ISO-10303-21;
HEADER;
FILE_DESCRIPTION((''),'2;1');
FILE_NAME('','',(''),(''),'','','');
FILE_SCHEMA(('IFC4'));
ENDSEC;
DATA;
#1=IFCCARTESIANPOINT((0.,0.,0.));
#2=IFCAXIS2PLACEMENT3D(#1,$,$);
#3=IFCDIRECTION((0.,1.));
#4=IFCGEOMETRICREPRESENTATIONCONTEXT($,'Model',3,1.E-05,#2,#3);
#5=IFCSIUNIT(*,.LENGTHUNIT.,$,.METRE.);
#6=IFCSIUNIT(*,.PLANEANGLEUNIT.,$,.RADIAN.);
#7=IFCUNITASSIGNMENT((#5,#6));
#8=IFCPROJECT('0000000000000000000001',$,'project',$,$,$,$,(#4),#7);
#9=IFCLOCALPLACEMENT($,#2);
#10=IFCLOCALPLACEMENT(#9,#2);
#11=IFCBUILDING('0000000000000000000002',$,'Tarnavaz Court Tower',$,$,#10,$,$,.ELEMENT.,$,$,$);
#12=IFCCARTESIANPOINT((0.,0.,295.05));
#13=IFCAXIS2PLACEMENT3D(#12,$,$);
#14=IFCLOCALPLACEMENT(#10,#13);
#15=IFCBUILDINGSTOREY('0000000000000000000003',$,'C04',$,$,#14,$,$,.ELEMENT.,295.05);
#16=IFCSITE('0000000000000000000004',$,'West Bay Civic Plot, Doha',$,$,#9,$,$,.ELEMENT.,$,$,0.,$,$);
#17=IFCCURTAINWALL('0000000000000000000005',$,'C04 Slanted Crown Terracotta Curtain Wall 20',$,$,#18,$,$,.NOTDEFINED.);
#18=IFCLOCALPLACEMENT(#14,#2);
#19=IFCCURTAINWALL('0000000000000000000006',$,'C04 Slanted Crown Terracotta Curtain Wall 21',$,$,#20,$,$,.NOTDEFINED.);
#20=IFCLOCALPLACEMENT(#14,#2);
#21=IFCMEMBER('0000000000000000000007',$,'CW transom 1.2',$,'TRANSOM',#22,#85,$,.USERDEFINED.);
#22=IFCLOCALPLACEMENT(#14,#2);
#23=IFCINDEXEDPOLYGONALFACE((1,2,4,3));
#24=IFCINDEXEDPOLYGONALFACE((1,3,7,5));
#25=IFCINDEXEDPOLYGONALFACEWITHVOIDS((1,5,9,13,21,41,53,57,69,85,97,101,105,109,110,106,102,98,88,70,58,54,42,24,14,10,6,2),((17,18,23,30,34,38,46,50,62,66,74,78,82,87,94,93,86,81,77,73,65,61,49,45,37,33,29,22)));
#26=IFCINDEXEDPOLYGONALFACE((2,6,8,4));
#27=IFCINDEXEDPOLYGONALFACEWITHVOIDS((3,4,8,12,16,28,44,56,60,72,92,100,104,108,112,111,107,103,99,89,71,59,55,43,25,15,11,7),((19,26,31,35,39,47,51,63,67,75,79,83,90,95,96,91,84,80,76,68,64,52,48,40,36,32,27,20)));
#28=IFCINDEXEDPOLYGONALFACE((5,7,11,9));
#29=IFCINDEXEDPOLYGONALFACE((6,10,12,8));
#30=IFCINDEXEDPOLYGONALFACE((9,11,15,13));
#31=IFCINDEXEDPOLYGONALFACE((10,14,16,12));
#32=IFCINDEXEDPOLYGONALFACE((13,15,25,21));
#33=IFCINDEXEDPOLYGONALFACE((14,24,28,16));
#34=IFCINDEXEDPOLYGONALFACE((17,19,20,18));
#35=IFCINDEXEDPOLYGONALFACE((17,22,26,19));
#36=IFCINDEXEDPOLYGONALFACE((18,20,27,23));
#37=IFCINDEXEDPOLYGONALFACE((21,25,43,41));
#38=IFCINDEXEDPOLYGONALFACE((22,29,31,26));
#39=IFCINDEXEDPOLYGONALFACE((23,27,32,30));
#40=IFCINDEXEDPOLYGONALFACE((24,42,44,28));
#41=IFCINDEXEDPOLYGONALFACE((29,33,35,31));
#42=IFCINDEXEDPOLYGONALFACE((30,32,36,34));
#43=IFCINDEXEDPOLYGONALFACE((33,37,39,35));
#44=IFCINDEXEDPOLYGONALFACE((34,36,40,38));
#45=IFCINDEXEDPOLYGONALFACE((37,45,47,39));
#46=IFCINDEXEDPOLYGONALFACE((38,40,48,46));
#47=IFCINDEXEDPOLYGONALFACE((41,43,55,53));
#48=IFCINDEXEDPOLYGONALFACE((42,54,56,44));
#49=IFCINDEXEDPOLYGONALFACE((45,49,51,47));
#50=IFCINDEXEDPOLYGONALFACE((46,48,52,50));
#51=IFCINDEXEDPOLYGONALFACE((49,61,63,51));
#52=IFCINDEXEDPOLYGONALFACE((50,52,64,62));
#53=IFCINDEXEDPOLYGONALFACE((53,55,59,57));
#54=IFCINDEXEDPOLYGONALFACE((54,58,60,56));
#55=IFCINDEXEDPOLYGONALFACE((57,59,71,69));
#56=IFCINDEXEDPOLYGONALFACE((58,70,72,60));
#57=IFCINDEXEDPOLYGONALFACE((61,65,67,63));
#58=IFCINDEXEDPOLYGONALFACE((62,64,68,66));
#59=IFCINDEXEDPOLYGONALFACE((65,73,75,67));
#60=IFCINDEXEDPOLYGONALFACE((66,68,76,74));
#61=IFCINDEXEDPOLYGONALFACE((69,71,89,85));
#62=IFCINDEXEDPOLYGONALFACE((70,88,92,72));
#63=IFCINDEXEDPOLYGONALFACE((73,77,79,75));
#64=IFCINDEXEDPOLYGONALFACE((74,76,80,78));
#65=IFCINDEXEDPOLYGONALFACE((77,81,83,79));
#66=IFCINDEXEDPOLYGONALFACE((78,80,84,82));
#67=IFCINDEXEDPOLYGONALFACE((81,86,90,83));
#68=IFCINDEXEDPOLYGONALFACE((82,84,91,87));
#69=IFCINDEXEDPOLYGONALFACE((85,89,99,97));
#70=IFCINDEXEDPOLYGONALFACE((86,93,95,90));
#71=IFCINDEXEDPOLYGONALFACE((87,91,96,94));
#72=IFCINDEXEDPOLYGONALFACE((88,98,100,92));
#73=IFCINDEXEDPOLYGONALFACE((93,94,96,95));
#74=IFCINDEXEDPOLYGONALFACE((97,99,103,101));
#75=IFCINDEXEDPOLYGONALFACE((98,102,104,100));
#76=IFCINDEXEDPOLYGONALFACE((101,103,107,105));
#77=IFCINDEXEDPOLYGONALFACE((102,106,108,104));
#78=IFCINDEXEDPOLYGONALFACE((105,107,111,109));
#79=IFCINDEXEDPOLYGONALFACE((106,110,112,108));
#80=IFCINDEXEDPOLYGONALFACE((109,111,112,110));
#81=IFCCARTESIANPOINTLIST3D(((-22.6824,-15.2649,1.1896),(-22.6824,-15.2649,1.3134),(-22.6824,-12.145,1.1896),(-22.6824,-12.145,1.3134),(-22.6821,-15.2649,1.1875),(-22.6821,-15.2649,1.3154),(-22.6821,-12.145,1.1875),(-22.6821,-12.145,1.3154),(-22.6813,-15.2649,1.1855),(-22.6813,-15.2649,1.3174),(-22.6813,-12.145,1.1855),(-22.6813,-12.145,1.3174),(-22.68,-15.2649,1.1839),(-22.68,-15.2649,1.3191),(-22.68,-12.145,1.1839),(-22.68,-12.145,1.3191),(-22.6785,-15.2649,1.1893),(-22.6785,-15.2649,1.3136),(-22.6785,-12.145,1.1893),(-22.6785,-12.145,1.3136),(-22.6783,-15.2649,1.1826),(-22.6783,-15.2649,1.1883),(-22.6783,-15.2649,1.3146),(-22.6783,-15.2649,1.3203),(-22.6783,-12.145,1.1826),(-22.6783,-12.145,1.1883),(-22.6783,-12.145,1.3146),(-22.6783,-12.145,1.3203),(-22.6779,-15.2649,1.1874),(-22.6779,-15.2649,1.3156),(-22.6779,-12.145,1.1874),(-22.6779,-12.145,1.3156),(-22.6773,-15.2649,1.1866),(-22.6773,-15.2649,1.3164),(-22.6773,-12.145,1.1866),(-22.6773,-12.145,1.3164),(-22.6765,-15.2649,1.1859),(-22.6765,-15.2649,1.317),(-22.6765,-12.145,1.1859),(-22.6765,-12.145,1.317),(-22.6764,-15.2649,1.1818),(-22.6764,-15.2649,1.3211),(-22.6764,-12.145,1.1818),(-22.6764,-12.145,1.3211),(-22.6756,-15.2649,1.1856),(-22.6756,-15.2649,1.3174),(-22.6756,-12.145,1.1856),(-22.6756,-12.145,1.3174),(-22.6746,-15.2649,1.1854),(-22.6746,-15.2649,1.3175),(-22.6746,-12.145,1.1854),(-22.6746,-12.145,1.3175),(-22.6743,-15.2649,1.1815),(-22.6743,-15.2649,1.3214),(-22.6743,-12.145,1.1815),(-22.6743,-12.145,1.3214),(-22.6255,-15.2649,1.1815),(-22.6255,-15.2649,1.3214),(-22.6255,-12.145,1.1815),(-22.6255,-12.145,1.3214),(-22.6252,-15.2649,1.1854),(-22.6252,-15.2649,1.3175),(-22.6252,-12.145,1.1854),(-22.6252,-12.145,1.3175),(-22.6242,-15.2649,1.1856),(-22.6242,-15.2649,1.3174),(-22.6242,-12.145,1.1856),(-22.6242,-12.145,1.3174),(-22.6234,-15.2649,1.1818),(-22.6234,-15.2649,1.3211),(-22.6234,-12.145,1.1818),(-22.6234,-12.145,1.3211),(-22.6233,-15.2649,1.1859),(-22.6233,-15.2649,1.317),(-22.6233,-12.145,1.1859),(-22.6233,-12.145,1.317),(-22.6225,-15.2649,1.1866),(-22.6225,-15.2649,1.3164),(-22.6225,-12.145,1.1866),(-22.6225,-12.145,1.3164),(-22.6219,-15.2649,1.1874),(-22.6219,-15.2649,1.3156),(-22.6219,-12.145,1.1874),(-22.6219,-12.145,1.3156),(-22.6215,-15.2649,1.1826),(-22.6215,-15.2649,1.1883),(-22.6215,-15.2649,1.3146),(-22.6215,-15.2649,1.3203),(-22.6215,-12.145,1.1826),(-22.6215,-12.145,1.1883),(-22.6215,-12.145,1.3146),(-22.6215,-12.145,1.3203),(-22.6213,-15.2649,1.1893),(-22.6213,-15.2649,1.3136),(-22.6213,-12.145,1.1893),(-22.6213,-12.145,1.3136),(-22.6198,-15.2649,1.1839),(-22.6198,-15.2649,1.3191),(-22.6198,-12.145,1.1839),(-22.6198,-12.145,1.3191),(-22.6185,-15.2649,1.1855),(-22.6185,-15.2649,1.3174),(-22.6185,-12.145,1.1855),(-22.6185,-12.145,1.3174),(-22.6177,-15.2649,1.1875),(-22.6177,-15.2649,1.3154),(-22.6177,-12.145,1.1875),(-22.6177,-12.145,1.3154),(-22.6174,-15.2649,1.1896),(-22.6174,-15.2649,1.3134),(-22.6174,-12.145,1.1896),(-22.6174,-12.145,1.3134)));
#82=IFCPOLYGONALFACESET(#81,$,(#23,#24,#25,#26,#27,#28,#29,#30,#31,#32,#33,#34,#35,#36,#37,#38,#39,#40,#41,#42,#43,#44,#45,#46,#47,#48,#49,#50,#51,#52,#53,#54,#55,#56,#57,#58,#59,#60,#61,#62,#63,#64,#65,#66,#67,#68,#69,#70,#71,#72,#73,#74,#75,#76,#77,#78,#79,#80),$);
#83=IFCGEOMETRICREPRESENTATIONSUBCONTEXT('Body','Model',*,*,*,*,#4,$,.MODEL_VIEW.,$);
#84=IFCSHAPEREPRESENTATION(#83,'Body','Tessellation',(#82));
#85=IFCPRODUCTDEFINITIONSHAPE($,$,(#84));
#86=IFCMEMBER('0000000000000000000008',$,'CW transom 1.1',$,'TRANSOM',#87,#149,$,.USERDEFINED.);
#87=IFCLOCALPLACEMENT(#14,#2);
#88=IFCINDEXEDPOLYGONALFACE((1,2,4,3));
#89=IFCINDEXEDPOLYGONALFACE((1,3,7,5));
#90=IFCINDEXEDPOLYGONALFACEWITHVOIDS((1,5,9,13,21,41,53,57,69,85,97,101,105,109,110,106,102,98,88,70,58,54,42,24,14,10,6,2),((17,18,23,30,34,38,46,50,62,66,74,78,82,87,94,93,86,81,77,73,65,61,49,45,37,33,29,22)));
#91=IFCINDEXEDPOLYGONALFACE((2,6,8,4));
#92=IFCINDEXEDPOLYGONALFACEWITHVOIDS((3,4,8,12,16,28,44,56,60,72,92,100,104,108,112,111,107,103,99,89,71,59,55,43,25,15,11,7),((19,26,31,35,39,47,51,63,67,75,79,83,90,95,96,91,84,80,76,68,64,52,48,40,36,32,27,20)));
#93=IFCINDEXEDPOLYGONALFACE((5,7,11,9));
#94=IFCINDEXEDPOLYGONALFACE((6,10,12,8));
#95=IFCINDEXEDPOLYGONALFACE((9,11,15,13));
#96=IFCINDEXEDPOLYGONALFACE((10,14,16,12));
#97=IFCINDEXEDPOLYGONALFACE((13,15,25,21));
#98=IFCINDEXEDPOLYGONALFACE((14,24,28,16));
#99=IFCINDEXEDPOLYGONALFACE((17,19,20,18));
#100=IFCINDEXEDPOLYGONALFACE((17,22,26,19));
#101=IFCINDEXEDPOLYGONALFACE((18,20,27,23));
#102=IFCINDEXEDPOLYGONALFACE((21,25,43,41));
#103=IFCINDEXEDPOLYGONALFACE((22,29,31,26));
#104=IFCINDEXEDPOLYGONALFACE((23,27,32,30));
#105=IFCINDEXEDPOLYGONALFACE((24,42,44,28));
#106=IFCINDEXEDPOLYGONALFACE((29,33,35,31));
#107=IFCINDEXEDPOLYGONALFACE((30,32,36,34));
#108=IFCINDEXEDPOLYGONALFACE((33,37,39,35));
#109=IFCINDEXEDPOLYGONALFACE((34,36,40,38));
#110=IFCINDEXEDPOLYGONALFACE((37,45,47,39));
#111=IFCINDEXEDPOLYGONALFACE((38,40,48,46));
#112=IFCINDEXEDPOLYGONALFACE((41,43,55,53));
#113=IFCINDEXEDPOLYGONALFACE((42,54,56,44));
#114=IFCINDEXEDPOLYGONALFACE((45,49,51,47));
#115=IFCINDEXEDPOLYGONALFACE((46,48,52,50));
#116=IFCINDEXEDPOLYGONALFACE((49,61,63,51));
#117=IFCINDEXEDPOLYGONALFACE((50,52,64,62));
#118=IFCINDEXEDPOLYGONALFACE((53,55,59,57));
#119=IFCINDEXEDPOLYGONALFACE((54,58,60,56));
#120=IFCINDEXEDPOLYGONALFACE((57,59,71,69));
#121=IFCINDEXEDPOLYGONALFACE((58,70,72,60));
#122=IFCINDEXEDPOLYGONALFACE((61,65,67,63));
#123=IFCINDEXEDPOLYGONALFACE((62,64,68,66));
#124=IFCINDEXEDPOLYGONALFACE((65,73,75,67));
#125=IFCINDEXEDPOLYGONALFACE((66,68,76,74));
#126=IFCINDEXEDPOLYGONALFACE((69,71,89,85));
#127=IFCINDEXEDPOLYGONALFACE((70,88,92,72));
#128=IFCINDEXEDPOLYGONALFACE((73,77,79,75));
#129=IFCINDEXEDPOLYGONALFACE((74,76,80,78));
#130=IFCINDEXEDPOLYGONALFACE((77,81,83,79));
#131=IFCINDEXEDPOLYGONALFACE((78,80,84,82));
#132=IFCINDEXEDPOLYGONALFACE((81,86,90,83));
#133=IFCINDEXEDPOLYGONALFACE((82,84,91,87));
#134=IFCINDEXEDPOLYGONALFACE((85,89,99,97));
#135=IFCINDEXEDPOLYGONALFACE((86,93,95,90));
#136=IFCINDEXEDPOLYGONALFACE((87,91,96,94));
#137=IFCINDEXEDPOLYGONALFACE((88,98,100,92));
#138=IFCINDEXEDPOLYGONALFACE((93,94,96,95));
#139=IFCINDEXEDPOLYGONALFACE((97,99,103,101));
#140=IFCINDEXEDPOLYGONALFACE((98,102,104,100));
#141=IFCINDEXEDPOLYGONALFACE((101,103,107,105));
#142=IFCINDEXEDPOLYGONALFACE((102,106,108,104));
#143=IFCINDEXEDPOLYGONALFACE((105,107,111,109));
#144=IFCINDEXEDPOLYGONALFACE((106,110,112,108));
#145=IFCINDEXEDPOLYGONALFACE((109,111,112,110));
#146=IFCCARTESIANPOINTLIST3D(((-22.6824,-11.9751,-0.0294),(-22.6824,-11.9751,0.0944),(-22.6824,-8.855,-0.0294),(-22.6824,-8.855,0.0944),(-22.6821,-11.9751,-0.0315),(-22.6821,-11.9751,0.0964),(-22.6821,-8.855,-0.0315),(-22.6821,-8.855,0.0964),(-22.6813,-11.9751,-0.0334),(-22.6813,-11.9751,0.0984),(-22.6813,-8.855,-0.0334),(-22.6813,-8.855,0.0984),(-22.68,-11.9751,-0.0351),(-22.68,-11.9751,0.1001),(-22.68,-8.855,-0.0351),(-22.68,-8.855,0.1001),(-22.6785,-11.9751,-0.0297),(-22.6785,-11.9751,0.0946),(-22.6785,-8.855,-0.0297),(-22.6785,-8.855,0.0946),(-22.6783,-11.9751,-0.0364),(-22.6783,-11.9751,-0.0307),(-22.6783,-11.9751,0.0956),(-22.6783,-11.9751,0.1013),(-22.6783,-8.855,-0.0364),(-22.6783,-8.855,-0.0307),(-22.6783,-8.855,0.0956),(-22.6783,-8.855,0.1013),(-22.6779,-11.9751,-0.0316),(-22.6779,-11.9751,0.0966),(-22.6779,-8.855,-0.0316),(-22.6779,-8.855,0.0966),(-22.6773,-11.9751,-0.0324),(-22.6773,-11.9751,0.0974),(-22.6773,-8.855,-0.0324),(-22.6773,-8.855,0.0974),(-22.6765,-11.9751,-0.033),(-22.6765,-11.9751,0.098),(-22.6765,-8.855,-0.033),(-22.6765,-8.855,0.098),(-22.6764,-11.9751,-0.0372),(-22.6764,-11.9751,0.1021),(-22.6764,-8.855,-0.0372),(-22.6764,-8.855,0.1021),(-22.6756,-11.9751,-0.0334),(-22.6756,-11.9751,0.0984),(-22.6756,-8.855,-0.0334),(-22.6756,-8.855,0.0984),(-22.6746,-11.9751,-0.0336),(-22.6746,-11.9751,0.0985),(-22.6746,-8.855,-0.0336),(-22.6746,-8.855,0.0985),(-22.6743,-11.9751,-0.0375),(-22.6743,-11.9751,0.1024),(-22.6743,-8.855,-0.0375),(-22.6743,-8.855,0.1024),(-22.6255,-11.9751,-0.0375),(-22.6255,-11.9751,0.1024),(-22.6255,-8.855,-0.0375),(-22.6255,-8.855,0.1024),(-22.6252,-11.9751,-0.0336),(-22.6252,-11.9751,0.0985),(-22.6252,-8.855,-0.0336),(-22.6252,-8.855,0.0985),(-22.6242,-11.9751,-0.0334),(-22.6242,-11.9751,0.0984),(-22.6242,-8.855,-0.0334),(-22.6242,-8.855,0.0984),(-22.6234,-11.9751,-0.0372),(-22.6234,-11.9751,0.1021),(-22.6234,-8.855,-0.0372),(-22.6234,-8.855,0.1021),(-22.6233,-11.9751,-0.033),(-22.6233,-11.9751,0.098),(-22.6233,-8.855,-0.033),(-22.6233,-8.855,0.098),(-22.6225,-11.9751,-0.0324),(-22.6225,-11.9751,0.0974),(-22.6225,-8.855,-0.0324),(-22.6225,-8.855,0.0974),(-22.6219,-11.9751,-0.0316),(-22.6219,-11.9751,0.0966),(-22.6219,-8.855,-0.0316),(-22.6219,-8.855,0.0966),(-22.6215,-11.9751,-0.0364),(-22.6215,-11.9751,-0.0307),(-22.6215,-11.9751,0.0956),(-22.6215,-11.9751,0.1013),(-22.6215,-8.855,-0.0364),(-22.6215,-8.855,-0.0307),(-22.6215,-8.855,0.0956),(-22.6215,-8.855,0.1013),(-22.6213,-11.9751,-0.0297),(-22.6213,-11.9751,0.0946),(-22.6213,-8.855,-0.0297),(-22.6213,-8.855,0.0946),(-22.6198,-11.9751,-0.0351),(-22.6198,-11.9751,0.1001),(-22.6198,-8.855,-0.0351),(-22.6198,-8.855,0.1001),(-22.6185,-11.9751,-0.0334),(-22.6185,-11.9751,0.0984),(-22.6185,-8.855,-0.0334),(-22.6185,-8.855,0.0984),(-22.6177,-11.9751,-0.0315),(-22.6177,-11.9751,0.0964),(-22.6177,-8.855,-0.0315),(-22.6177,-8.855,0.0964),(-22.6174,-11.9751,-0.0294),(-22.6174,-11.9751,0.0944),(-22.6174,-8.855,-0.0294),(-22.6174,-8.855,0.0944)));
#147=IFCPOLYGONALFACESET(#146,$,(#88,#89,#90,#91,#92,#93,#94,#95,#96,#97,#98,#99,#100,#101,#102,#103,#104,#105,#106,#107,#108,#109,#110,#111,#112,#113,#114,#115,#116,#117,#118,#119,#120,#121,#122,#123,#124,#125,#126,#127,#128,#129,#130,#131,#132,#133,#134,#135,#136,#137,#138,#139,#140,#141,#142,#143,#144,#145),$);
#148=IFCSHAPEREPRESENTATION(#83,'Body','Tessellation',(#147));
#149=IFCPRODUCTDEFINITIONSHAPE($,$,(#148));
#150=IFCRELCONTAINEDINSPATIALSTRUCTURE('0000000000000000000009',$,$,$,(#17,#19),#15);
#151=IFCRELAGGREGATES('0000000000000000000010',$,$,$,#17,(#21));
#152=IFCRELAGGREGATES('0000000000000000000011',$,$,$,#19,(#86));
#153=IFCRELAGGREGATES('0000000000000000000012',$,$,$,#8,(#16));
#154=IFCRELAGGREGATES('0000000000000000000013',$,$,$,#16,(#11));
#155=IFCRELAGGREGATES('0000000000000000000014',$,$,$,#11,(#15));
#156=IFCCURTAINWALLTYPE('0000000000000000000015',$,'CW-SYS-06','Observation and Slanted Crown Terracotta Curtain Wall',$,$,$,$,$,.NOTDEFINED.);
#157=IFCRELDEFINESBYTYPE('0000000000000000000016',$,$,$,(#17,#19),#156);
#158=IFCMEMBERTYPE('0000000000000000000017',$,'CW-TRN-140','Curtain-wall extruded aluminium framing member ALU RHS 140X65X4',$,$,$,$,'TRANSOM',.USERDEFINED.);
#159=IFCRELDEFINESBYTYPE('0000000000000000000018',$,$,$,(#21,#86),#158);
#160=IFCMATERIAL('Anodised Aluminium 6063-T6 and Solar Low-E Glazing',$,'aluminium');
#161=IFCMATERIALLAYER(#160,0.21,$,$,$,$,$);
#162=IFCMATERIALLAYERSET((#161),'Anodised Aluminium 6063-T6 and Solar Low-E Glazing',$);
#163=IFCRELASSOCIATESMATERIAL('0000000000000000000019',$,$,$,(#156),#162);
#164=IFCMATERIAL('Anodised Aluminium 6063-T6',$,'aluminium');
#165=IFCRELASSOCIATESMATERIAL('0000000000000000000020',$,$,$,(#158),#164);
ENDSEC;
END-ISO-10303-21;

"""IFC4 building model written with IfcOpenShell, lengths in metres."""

from ifc_helpers import new_model, si_unit, direction, frame, origin, origin_2d, place, context, subcontext, project, spatial, hollow_rectangle, extrude, material, layer, layer_set, material_profile, profile_set, type_object, element, aggregate, save


model = new_model("IFC4")

# Units and contexts
model_context = context("Model", 3, precision=1e-05, world=origin(), true_north=direction((0.0, 1.0)))
body_context = subcontext(model_context, "Body", "Model", "MODEL_VIEW")
ifc_project = project(units=[si_unit("LENGTHUNIT", "METRE"), si_unit("PLANEANGLEUNIT", "RADIAN")], contexts=[model_context])

# Site, building, storey
site_placement = place(None, origin())
site = spatial("IfcSite", under=ifc_project, at=site_placement, Name="West Bay Civic Plot, Doha", CompositionType="ELEMENT", RefElevation=0.0)
building_placement = place(site_placement, origin())
building = spatial("IfcBuilding", under=site, at=building_placement, Name="Tarnavaz Court Tower", CompositionType="ELEMENT")
storey_placement = place(building_placement, frame((0.0, 0.0, 295.05)))
storey = spatial("IfcBuildingStorey", under=building, at=storey_placement, Name="C04", CompositionType="ELEMENT", Elevation=295.05)

# Curtain walls
ifc_material_1 = material(Name="Anodised Aluminium 6063-T6 and Solar Low-E Glazing", Category="aluminium")
ifc_layer_1 = layer(ifc_material_1, 0.21)
ifc_layer_set_1 = layer_set([ifc_layer_1], Name="Anodised Aluminium 6063-T6 and Solar Low-E Glazing")
curtain_wall_type = type_object("IfcCurtainWallType", Name="CW-SYS-06", Description="Observation and Slanted Crown Terracotta Curtain Wall", PredefinedType="NOTDEFINED", material=ifc_layer_set_1)
curtain_wall_1_placement = place(storey_placement, origin())
curtain_wall_1 = element("IfcCurtainWall", 1, at=curtain_wall_1_placement, inside=storey, type_object=curtain_wall_type, Name="C04 Slanted Crown Terracotta Curtain Wall 20", PredefinedType="NOTDEFINED")
ifc_material_2 = material(Name="Anodised Aluminium 6063-T6", Category="aluminium")
curtain_wall_2_placement = place(storey_placement, origin())
curtain_wall_2 = element("IfcCurtainWall", 2, at=curtain_wall_2_placement, inside=storey, type_object=curtain_wall_type, Name="C04 Slanted Crown Terracotta Curtain Wall 21", PredefinedType="NOTDEFINED")

# Members
ifc_material_profile_1 = material_profile(ifc_material_2, hollow_rectangle(XDim=0.0649, YDim=0.1399, WallThickness=0.0039, InnerFilletRadius=0.0039, OuterFilletRadius=0.0081, at=origin_2d()), Name="ALU RHS 140X65X4")
ifc_profile_set_1 = profile_set([ifc_material_profile_1], Name="Anodised Aluminium 6063-T6")
member_type_1 = type_object("IfcMemberType", Name="CW-TRN-140", Description="Curtain-wall extruded aluminium framing member ALU RHS 140X65X4", ElementType="TRANSOM", PredefinedType="USERDEFINED", material=ifc_profile_set_1)
member_1_placement = place(storey_placement, frame((-22.6499, -15.2649, 1.2515), z_axis=(0.0, 1.0, 0.0), x_axis=(-1.0, 0.0, 0.0)))
member_1 = element("IfcMember", 3, at=member_1_placement, type_object=member_type_1, Name="CW transom 1.2", ObjectType="TRANSOM", PredefinedType="USERDEFINED", context=body_context, shape_type="SweptSolid", body=[
    extrude(hollow_rectangle(XDim=0.0649, YDim=0.1399, WallThickness=0.0039, InnerFilletRadius=0.0039, OuterFilletRadius=0.0081, at=origin_2d()), origin(), (0.0, 0.0, 1.0), 3.1199),
])
member_2_placement = place(storey_placement, frame((-22.6499, -11.9751, 0.0325), z_axis=(0.0, 1.0, 0.0), x_axis=(-1.0, 0.0, 0.0)))
member_2 = element("IfcMember", 4, at=member_2_placement, type_object=member_type_1, Name="CW transom 1.1", ObjectType="TRANSOM", PredefinedType="USERDEFINED", context=body_context, shape_type="SweptSolid", body=[
    extrude(hollow_rectangle(XDim=0.0649, YDim=0.1399, WallThickness=0.0039, InnerFilletRadius=0.0039, OuterFilletRadius=0.0081, at=origin_2d()), origin(), (0.0, 0.0, 1.0), 3.1201),
])

aggregate(curtain_wall_1, [member_1])
aggregate(curtain_wall_2, [member_2])

save(model, "model.ifc")
